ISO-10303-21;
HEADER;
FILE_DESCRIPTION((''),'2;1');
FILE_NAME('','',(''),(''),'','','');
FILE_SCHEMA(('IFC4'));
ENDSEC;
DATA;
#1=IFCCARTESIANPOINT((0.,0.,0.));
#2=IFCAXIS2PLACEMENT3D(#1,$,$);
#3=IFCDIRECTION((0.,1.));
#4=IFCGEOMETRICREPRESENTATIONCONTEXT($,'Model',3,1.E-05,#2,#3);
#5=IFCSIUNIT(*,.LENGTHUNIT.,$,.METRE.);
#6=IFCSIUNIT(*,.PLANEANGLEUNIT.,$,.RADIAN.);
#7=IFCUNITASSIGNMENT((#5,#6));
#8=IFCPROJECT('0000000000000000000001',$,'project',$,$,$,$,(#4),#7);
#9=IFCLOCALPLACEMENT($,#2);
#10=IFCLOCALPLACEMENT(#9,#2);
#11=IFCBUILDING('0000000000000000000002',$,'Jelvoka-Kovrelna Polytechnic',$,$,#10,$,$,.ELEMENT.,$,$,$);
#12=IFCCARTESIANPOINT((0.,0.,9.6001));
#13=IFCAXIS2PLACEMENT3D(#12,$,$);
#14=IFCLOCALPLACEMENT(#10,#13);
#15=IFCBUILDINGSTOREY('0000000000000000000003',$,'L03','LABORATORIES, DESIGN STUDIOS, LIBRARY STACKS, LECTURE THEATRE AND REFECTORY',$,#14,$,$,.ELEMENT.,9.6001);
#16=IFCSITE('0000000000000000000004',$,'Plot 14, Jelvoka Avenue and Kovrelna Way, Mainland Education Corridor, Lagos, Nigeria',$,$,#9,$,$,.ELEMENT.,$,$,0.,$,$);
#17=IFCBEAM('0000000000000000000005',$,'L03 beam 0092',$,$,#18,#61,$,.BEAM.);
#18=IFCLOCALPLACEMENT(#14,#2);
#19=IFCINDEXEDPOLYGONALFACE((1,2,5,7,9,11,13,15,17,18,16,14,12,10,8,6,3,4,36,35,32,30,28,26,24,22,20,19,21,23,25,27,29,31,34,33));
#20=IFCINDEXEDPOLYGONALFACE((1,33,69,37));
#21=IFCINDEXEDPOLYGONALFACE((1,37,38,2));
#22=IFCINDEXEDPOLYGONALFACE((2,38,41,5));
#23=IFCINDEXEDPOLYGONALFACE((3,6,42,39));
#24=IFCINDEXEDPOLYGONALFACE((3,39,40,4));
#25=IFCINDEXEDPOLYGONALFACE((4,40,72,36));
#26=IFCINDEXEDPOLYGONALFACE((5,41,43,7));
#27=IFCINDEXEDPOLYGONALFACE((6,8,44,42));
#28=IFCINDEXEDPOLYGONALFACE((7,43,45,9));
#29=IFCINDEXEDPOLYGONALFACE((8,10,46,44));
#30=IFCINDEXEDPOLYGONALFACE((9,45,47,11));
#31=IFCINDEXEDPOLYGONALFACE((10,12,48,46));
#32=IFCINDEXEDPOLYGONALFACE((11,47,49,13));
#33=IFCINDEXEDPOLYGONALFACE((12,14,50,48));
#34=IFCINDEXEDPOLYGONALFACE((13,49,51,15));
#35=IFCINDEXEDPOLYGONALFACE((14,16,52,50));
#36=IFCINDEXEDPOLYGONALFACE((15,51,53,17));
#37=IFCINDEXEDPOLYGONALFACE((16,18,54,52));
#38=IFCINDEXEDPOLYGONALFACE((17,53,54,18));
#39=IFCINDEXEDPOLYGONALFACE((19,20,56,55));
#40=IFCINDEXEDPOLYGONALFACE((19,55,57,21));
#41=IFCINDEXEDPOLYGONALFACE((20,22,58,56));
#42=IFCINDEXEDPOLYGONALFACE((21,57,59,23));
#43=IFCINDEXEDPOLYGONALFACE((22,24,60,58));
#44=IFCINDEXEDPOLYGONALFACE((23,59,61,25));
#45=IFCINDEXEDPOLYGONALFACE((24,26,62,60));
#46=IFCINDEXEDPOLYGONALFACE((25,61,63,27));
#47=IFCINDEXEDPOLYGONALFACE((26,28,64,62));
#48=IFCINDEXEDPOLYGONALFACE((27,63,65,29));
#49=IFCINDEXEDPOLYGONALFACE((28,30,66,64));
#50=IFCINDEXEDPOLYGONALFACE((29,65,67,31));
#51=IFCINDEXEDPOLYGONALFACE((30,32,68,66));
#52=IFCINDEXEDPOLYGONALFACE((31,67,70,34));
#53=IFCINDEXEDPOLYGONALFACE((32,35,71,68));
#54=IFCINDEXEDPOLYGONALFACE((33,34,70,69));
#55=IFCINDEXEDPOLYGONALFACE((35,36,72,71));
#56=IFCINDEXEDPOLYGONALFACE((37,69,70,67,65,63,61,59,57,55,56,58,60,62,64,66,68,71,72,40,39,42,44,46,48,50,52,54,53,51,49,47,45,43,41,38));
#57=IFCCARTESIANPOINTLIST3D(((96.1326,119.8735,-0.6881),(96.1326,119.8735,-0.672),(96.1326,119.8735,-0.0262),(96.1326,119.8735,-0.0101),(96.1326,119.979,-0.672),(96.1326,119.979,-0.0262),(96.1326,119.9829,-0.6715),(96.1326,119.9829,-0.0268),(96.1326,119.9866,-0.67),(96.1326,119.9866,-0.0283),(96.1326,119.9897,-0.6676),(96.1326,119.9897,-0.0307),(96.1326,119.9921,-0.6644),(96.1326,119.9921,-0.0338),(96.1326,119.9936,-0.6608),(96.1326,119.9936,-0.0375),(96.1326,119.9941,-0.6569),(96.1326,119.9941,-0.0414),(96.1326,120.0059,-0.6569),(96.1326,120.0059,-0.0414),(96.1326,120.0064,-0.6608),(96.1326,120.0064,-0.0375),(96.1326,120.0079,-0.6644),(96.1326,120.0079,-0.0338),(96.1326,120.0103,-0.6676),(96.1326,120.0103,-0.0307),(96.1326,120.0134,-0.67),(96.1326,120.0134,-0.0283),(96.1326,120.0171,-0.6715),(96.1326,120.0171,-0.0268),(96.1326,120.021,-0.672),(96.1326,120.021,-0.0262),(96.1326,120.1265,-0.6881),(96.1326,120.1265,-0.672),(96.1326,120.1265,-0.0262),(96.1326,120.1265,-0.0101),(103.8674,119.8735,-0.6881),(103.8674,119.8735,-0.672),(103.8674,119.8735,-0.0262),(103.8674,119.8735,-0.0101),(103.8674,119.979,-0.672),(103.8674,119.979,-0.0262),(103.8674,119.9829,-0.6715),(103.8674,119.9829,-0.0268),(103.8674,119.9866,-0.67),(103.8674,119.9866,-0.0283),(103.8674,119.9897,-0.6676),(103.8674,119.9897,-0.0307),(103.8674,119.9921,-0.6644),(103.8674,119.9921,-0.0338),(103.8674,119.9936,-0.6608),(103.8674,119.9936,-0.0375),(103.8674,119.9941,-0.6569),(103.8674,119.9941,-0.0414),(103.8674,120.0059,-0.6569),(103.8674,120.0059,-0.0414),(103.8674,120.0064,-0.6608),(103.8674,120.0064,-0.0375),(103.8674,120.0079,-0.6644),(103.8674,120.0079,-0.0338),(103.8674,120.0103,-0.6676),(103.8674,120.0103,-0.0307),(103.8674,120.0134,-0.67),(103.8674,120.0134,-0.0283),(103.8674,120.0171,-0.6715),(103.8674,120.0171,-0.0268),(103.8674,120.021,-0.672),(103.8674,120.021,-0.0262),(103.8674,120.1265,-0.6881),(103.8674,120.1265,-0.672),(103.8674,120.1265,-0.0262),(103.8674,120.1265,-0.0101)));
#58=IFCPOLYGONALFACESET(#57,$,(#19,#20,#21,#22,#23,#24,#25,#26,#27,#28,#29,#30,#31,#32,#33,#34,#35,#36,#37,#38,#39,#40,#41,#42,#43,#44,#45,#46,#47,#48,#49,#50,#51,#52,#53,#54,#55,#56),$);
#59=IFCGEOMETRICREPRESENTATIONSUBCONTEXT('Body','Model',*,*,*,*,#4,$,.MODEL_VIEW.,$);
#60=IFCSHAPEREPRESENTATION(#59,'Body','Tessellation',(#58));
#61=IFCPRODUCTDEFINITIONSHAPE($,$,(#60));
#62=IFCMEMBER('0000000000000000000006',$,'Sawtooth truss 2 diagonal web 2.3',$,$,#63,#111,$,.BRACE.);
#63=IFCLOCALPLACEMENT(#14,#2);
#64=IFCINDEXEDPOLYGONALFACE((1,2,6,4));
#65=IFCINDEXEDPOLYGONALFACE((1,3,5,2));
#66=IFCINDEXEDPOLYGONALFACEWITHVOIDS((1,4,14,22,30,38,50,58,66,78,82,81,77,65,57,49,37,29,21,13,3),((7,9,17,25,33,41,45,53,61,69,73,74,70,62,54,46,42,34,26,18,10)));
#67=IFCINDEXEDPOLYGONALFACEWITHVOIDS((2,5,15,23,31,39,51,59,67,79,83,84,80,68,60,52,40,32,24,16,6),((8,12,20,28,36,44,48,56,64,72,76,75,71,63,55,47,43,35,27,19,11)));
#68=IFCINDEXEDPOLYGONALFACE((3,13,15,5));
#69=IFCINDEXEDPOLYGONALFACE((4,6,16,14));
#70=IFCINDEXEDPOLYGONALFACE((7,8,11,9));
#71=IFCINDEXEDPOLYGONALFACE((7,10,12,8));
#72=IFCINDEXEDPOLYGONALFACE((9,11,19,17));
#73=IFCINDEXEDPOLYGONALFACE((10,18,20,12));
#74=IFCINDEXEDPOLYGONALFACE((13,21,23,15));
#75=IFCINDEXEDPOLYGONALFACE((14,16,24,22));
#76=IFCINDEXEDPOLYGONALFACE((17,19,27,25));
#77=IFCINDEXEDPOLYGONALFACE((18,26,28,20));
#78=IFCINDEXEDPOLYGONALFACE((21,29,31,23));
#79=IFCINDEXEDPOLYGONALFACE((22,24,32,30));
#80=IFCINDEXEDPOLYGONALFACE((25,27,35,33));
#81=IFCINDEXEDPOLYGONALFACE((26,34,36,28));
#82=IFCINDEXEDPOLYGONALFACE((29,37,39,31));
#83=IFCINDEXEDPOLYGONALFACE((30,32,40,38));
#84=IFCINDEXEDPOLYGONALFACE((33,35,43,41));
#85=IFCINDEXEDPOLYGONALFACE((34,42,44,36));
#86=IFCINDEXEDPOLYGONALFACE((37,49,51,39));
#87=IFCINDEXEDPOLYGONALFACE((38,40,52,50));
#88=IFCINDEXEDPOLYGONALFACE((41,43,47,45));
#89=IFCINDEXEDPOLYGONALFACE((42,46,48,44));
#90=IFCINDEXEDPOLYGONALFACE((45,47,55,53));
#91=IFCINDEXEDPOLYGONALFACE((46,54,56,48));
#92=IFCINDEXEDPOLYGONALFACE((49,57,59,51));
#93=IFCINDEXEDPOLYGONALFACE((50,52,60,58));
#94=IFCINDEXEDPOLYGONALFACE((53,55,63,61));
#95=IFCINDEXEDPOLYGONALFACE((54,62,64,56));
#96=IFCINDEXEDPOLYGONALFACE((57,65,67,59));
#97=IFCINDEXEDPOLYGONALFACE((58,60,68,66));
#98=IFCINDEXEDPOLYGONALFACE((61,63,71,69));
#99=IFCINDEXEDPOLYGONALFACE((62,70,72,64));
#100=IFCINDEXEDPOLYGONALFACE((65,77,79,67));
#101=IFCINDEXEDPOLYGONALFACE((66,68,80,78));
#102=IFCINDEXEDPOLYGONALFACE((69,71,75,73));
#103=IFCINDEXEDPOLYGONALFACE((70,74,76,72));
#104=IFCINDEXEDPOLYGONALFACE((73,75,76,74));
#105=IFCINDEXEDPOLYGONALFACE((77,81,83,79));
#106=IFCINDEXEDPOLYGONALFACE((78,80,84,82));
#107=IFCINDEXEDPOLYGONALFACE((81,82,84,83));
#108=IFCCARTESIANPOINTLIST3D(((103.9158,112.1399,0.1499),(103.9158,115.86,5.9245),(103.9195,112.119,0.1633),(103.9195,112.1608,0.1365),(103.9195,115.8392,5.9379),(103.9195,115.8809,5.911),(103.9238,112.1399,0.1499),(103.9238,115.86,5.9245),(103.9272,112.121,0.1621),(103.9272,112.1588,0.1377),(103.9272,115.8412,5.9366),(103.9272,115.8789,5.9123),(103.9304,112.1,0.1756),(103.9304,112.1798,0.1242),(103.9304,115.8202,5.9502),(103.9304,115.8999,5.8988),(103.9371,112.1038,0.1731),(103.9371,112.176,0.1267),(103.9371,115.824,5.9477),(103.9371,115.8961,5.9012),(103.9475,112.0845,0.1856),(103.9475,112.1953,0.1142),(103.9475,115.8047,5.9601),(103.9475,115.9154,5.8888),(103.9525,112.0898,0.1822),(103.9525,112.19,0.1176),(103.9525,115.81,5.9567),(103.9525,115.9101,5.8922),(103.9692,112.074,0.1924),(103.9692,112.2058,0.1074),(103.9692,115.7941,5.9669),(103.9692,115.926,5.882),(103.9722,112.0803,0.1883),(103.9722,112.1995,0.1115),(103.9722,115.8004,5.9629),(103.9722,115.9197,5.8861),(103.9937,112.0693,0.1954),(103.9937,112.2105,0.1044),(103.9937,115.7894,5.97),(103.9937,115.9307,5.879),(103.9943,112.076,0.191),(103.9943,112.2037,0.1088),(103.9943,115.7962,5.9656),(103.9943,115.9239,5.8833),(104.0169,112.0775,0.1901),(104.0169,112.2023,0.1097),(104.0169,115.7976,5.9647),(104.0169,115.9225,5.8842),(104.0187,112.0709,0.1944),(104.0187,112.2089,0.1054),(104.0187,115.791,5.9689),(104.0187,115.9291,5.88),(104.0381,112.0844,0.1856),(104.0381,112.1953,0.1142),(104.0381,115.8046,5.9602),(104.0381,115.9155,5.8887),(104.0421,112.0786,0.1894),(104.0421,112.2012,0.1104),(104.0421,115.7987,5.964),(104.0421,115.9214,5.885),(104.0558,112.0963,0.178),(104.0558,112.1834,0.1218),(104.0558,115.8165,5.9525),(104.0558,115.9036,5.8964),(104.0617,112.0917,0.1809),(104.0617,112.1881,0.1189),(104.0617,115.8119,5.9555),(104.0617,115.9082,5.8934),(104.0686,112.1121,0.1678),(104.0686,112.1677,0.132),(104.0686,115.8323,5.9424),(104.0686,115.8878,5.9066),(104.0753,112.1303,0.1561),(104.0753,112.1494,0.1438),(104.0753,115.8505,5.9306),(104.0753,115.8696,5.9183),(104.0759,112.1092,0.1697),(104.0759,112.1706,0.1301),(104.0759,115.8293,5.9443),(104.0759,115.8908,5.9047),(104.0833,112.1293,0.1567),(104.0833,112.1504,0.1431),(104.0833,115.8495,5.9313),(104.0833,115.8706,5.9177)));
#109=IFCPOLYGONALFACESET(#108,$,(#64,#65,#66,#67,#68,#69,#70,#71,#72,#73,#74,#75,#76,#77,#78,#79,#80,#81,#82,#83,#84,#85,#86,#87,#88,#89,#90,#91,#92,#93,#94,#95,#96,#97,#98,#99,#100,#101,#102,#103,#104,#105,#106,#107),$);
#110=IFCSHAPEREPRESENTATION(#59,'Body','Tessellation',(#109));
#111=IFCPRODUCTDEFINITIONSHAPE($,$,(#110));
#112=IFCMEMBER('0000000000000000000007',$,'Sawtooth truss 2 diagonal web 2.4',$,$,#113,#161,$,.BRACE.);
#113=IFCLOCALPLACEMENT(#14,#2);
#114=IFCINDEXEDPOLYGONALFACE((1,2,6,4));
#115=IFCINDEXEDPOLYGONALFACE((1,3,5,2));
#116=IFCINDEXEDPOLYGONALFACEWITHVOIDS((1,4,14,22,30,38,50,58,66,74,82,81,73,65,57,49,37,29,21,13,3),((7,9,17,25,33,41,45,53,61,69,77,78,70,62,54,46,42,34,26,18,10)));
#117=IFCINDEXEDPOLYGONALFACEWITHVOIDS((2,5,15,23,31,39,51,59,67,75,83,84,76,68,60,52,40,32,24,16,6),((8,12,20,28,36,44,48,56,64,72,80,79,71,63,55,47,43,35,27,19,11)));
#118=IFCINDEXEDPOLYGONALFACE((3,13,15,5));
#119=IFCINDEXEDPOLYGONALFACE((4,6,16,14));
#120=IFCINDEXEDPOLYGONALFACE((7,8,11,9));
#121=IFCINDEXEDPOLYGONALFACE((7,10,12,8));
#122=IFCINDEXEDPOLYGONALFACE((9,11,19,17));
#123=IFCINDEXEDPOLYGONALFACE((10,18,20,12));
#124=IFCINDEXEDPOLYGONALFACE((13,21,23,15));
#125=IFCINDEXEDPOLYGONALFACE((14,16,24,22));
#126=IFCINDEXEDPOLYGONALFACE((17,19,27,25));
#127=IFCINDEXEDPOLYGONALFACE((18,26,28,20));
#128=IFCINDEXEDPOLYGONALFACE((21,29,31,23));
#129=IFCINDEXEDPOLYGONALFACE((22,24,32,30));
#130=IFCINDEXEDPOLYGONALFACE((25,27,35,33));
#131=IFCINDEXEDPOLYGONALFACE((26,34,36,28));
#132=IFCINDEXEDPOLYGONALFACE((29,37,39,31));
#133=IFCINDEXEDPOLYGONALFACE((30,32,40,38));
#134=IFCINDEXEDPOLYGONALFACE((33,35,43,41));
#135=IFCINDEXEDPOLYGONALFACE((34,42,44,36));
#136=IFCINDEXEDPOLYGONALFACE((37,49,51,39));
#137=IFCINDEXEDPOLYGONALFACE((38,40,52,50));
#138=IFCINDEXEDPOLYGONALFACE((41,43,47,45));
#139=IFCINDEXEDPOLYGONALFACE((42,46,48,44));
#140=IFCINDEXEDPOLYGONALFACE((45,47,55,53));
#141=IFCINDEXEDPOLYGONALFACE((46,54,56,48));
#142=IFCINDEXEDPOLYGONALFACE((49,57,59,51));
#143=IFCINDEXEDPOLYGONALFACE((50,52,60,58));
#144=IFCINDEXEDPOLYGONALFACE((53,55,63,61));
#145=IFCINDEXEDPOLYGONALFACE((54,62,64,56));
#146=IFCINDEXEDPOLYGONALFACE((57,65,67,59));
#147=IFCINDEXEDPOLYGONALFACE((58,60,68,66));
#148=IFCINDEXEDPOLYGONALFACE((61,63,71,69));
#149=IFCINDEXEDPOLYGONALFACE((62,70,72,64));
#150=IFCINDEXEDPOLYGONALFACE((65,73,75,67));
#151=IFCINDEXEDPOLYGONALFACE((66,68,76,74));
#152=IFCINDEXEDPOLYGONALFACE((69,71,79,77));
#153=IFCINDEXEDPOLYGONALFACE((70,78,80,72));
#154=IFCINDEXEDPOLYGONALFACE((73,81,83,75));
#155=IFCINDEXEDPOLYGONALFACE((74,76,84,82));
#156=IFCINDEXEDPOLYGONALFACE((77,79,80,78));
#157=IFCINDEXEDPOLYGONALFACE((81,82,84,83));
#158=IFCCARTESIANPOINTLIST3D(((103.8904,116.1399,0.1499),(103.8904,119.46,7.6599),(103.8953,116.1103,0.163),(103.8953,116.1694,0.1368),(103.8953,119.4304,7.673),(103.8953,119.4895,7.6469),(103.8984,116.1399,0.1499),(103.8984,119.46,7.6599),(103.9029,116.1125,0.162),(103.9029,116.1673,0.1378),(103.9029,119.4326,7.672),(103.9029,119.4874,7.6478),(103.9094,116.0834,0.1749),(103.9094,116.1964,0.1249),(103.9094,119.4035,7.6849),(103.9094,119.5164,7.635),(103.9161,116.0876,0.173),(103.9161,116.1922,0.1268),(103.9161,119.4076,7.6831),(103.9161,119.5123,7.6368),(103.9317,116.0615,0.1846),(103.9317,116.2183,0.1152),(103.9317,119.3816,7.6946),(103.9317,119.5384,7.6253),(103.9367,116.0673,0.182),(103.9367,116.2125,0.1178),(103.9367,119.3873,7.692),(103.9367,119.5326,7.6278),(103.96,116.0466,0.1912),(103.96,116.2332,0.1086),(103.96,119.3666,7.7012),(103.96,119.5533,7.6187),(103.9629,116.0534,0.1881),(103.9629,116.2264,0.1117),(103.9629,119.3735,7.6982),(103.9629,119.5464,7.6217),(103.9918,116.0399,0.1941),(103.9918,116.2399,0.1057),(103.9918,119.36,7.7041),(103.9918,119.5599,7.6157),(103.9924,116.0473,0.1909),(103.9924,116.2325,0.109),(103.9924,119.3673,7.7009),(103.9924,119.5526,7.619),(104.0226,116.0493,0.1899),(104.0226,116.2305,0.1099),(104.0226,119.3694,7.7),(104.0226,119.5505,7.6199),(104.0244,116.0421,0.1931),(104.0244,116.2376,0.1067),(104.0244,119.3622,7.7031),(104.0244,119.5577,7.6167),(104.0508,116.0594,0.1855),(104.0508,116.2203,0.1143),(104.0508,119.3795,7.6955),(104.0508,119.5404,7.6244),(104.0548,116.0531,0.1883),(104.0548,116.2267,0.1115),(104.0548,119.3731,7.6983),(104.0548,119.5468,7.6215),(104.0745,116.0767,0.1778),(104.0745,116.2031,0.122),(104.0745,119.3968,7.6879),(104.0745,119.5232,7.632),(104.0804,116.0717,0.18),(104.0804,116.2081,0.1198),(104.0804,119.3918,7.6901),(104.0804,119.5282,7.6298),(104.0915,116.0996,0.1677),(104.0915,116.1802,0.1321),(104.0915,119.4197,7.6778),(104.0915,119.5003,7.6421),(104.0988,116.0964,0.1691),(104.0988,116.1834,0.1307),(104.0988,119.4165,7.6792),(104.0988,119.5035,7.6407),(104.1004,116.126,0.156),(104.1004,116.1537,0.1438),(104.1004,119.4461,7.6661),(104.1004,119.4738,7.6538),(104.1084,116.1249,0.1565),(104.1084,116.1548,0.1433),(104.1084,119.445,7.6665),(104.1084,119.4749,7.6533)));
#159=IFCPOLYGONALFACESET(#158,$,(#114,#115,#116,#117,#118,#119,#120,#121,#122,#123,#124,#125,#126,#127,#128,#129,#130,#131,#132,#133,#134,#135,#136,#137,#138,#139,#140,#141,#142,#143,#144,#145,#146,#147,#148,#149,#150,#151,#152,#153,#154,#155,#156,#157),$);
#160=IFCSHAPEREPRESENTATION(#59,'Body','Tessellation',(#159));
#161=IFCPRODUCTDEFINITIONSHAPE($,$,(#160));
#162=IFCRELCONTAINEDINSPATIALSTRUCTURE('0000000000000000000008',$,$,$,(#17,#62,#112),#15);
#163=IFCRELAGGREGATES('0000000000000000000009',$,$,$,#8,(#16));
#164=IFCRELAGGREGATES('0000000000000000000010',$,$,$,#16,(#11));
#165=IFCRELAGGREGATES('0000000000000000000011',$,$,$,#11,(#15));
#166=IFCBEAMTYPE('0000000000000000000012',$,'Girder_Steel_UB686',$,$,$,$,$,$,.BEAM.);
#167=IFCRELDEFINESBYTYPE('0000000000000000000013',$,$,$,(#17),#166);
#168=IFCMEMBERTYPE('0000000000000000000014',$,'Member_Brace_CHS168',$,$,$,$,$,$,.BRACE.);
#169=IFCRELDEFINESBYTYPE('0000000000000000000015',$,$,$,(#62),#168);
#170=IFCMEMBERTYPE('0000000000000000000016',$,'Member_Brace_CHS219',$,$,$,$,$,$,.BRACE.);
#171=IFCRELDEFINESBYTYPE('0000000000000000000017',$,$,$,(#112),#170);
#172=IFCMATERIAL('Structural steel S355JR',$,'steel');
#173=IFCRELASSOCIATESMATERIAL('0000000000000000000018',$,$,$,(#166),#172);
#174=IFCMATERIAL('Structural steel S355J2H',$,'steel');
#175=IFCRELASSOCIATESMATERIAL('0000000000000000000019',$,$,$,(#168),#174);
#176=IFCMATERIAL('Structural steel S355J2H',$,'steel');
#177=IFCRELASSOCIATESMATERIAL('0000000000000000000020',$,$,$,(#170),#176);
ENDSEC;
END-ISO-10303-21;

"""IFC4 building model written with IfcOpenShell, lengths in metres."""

from ifc_helpers import new_model, si_unit, direction, frame, origin, origin_2d, place, context, subcontext, project, spatial, hollow_circle, i_section, extrude, material, material_profile, profile_set, type_object, element, save


model = new_model("IFC4")

# Units and contexts
model_context = context("Model", 3, precision=1e-05, world=origin(), true_north=direction((0.0, 1.0)))
body_context = subcontext(model_context, "Body", "Model", "MODEL_VIEW")
ifc_project = project(units=[si_unit("LENGTHUNIT", "METRE"), si_unit("PLANEANGLEUNIT", "RADIAN")], contexts=[model_context])

# Site, building, storey
site_placement = place(None, origin())
site = spatial("IfcSite", under=ifc_project, at=site_placement, Name="Plot 14, Jelvoka Avenue and Kovrelna Way, Mainland Education Corridor, Lagos, Nigeria", CompositionType="ELEMENT", RefElevation=0.0)
building_placement = place(site_placement, origin())
building = spatial("IfcBuilding", under=site, at=building_placement, Name="Jelvoka-Kovrelna Polytechnic", CompositionType="ELEMENT")
storey_placement = place(building_placement, frame((0.0, 0.0, 9.6001)))
storey = spatial("IfcBuildingStorey", under=building, at=storey_placement, Name="L03", Description="LABORATORIES, DESIGN STUDIOS, LIBRARY STACKS, LECTURE THEATRE AND REFECTORY", CompositionType="ELEMENT", Elevation=9.6001)

# Beam
ifc_material_1 = material(Name="Structural steel S355JR", Category="steel")
ifc_material_profile_1 = material_profile(ifc_material_1, i_section(OverallWidth=0.2529, OverallDepth=0.678, WebThickness=0.0117, FlangeThickness=0.0161, FilletRadius=0.0151, at=origin_2d()), Name="686x254x125 UB")
ifc_profile_set_1 = profile_set([ifc_material_profile_1], Name="Structural steel S355JR")
beam_type_1 = type_object("IfcBeamType", Name="Girder_Steel_UB686", PredefinedType="BEAM", material=ifc_profile_set_1)
beam_1_placement = place(storey_placement, frame((96.1326, 120.0, -0.3491), z_axis=(1.0, 0.0, 0.0), x_axis=(0.0, 1.0, 0.0)))
element("IfcBeam", 1, at=beam_1_placement, inside=storey, type_object=beam_type_1, Name="L03 beam 0092", PredefinedType="BEAM", context=body_context, shape_type="SweptSolid", body=[
    extrude(i_section(OverallWidth=0.2529, OverallDepth=0.678, WebThickness=0.0117, FlangeThickness=0.0161, FilletRadius=0.0151, at=origin_2d()), origin(), (0.0, 0.0, 1.0), 7.7349),
])

# Members
ifc_material_2 = material(Name="Structural steel S355J2H", Category="steel")
ifc_material_profile_2 = material_profile(ifc_material_2, hollow_circle(Radius=0.0842, WallThickness=0.0081, at=origin_2d()), Name="168.3x8.0 CHS")
ifc_profile_set_2 = profile_set([ifc_material_profile_2], Name="Structural steel S355J2H")
member_type_1 = type_object("IfcMemberType", Name="Member_Brace_CHS168", PredefinedType="BRACE", material=ifc_profile_set_2)
member_1_placement = place(storey_placement, frame((104.0, 112.1399, 0.1499), z_axis=(0.0, 0.541575, 0.840653), x_axis=(-1.0, 0.0, 0.0)))
element("IfcMember", 2, at=member_1_placement, inside=storey, type_object=member_type_1, Name="Sawtooth truss 2 diagonal web 2.3", PredefinedType="BRACE", context=body_context, shape_type="SweptSolid", body=[
    extrude(hollow_circle(Radius=0.0842, WallThickness=0.0081, at=origin_2d()), origin(), (0.0, 0.0, 1.0), 6.8691),
])
ifc_material_3 = material(Name="Structural steel S355J2H", Category="steel")
ifc_material_profile_3 = material_profile(ifc_material_3, hollow_circle(Radius=0.1096, WallThickness=0.0081, at=origin_2d()), Name="219.1x8.0 CHS")
ifc_profile_set_3 = profile_set([ifc_material_profile_3], Name="Structural steel S355J2H")
member_type_2 = type_object("IfcMemberType", Name="Member_Brace_CHS219", PredefinedType="BRACE", material=ifc_profile_set_3)
member_2_placement = place(storey_placement, frame((104.0, 116.1399, 0.1499), z_axis=(0.0, 0.404336, 0.91461), x_axis=(-1.0, 0.0, 0.0)))
element("IfcMember", 3, at=member_2_placement, inside=storey, type_object=member_type_2, Name="Sawtooth truss 2 diagonal web 2.4", PredefinedType="BRACE", context=body_context, shape_type="SweptSolid", body=[
    extrude(hollow_circle(Radius=0.1096, WallThickness=0.0081, at=origin_2d()), origin(), (0.0, 0.0, 1.0), 8.2112),
])

save(model, "model.ifc")
